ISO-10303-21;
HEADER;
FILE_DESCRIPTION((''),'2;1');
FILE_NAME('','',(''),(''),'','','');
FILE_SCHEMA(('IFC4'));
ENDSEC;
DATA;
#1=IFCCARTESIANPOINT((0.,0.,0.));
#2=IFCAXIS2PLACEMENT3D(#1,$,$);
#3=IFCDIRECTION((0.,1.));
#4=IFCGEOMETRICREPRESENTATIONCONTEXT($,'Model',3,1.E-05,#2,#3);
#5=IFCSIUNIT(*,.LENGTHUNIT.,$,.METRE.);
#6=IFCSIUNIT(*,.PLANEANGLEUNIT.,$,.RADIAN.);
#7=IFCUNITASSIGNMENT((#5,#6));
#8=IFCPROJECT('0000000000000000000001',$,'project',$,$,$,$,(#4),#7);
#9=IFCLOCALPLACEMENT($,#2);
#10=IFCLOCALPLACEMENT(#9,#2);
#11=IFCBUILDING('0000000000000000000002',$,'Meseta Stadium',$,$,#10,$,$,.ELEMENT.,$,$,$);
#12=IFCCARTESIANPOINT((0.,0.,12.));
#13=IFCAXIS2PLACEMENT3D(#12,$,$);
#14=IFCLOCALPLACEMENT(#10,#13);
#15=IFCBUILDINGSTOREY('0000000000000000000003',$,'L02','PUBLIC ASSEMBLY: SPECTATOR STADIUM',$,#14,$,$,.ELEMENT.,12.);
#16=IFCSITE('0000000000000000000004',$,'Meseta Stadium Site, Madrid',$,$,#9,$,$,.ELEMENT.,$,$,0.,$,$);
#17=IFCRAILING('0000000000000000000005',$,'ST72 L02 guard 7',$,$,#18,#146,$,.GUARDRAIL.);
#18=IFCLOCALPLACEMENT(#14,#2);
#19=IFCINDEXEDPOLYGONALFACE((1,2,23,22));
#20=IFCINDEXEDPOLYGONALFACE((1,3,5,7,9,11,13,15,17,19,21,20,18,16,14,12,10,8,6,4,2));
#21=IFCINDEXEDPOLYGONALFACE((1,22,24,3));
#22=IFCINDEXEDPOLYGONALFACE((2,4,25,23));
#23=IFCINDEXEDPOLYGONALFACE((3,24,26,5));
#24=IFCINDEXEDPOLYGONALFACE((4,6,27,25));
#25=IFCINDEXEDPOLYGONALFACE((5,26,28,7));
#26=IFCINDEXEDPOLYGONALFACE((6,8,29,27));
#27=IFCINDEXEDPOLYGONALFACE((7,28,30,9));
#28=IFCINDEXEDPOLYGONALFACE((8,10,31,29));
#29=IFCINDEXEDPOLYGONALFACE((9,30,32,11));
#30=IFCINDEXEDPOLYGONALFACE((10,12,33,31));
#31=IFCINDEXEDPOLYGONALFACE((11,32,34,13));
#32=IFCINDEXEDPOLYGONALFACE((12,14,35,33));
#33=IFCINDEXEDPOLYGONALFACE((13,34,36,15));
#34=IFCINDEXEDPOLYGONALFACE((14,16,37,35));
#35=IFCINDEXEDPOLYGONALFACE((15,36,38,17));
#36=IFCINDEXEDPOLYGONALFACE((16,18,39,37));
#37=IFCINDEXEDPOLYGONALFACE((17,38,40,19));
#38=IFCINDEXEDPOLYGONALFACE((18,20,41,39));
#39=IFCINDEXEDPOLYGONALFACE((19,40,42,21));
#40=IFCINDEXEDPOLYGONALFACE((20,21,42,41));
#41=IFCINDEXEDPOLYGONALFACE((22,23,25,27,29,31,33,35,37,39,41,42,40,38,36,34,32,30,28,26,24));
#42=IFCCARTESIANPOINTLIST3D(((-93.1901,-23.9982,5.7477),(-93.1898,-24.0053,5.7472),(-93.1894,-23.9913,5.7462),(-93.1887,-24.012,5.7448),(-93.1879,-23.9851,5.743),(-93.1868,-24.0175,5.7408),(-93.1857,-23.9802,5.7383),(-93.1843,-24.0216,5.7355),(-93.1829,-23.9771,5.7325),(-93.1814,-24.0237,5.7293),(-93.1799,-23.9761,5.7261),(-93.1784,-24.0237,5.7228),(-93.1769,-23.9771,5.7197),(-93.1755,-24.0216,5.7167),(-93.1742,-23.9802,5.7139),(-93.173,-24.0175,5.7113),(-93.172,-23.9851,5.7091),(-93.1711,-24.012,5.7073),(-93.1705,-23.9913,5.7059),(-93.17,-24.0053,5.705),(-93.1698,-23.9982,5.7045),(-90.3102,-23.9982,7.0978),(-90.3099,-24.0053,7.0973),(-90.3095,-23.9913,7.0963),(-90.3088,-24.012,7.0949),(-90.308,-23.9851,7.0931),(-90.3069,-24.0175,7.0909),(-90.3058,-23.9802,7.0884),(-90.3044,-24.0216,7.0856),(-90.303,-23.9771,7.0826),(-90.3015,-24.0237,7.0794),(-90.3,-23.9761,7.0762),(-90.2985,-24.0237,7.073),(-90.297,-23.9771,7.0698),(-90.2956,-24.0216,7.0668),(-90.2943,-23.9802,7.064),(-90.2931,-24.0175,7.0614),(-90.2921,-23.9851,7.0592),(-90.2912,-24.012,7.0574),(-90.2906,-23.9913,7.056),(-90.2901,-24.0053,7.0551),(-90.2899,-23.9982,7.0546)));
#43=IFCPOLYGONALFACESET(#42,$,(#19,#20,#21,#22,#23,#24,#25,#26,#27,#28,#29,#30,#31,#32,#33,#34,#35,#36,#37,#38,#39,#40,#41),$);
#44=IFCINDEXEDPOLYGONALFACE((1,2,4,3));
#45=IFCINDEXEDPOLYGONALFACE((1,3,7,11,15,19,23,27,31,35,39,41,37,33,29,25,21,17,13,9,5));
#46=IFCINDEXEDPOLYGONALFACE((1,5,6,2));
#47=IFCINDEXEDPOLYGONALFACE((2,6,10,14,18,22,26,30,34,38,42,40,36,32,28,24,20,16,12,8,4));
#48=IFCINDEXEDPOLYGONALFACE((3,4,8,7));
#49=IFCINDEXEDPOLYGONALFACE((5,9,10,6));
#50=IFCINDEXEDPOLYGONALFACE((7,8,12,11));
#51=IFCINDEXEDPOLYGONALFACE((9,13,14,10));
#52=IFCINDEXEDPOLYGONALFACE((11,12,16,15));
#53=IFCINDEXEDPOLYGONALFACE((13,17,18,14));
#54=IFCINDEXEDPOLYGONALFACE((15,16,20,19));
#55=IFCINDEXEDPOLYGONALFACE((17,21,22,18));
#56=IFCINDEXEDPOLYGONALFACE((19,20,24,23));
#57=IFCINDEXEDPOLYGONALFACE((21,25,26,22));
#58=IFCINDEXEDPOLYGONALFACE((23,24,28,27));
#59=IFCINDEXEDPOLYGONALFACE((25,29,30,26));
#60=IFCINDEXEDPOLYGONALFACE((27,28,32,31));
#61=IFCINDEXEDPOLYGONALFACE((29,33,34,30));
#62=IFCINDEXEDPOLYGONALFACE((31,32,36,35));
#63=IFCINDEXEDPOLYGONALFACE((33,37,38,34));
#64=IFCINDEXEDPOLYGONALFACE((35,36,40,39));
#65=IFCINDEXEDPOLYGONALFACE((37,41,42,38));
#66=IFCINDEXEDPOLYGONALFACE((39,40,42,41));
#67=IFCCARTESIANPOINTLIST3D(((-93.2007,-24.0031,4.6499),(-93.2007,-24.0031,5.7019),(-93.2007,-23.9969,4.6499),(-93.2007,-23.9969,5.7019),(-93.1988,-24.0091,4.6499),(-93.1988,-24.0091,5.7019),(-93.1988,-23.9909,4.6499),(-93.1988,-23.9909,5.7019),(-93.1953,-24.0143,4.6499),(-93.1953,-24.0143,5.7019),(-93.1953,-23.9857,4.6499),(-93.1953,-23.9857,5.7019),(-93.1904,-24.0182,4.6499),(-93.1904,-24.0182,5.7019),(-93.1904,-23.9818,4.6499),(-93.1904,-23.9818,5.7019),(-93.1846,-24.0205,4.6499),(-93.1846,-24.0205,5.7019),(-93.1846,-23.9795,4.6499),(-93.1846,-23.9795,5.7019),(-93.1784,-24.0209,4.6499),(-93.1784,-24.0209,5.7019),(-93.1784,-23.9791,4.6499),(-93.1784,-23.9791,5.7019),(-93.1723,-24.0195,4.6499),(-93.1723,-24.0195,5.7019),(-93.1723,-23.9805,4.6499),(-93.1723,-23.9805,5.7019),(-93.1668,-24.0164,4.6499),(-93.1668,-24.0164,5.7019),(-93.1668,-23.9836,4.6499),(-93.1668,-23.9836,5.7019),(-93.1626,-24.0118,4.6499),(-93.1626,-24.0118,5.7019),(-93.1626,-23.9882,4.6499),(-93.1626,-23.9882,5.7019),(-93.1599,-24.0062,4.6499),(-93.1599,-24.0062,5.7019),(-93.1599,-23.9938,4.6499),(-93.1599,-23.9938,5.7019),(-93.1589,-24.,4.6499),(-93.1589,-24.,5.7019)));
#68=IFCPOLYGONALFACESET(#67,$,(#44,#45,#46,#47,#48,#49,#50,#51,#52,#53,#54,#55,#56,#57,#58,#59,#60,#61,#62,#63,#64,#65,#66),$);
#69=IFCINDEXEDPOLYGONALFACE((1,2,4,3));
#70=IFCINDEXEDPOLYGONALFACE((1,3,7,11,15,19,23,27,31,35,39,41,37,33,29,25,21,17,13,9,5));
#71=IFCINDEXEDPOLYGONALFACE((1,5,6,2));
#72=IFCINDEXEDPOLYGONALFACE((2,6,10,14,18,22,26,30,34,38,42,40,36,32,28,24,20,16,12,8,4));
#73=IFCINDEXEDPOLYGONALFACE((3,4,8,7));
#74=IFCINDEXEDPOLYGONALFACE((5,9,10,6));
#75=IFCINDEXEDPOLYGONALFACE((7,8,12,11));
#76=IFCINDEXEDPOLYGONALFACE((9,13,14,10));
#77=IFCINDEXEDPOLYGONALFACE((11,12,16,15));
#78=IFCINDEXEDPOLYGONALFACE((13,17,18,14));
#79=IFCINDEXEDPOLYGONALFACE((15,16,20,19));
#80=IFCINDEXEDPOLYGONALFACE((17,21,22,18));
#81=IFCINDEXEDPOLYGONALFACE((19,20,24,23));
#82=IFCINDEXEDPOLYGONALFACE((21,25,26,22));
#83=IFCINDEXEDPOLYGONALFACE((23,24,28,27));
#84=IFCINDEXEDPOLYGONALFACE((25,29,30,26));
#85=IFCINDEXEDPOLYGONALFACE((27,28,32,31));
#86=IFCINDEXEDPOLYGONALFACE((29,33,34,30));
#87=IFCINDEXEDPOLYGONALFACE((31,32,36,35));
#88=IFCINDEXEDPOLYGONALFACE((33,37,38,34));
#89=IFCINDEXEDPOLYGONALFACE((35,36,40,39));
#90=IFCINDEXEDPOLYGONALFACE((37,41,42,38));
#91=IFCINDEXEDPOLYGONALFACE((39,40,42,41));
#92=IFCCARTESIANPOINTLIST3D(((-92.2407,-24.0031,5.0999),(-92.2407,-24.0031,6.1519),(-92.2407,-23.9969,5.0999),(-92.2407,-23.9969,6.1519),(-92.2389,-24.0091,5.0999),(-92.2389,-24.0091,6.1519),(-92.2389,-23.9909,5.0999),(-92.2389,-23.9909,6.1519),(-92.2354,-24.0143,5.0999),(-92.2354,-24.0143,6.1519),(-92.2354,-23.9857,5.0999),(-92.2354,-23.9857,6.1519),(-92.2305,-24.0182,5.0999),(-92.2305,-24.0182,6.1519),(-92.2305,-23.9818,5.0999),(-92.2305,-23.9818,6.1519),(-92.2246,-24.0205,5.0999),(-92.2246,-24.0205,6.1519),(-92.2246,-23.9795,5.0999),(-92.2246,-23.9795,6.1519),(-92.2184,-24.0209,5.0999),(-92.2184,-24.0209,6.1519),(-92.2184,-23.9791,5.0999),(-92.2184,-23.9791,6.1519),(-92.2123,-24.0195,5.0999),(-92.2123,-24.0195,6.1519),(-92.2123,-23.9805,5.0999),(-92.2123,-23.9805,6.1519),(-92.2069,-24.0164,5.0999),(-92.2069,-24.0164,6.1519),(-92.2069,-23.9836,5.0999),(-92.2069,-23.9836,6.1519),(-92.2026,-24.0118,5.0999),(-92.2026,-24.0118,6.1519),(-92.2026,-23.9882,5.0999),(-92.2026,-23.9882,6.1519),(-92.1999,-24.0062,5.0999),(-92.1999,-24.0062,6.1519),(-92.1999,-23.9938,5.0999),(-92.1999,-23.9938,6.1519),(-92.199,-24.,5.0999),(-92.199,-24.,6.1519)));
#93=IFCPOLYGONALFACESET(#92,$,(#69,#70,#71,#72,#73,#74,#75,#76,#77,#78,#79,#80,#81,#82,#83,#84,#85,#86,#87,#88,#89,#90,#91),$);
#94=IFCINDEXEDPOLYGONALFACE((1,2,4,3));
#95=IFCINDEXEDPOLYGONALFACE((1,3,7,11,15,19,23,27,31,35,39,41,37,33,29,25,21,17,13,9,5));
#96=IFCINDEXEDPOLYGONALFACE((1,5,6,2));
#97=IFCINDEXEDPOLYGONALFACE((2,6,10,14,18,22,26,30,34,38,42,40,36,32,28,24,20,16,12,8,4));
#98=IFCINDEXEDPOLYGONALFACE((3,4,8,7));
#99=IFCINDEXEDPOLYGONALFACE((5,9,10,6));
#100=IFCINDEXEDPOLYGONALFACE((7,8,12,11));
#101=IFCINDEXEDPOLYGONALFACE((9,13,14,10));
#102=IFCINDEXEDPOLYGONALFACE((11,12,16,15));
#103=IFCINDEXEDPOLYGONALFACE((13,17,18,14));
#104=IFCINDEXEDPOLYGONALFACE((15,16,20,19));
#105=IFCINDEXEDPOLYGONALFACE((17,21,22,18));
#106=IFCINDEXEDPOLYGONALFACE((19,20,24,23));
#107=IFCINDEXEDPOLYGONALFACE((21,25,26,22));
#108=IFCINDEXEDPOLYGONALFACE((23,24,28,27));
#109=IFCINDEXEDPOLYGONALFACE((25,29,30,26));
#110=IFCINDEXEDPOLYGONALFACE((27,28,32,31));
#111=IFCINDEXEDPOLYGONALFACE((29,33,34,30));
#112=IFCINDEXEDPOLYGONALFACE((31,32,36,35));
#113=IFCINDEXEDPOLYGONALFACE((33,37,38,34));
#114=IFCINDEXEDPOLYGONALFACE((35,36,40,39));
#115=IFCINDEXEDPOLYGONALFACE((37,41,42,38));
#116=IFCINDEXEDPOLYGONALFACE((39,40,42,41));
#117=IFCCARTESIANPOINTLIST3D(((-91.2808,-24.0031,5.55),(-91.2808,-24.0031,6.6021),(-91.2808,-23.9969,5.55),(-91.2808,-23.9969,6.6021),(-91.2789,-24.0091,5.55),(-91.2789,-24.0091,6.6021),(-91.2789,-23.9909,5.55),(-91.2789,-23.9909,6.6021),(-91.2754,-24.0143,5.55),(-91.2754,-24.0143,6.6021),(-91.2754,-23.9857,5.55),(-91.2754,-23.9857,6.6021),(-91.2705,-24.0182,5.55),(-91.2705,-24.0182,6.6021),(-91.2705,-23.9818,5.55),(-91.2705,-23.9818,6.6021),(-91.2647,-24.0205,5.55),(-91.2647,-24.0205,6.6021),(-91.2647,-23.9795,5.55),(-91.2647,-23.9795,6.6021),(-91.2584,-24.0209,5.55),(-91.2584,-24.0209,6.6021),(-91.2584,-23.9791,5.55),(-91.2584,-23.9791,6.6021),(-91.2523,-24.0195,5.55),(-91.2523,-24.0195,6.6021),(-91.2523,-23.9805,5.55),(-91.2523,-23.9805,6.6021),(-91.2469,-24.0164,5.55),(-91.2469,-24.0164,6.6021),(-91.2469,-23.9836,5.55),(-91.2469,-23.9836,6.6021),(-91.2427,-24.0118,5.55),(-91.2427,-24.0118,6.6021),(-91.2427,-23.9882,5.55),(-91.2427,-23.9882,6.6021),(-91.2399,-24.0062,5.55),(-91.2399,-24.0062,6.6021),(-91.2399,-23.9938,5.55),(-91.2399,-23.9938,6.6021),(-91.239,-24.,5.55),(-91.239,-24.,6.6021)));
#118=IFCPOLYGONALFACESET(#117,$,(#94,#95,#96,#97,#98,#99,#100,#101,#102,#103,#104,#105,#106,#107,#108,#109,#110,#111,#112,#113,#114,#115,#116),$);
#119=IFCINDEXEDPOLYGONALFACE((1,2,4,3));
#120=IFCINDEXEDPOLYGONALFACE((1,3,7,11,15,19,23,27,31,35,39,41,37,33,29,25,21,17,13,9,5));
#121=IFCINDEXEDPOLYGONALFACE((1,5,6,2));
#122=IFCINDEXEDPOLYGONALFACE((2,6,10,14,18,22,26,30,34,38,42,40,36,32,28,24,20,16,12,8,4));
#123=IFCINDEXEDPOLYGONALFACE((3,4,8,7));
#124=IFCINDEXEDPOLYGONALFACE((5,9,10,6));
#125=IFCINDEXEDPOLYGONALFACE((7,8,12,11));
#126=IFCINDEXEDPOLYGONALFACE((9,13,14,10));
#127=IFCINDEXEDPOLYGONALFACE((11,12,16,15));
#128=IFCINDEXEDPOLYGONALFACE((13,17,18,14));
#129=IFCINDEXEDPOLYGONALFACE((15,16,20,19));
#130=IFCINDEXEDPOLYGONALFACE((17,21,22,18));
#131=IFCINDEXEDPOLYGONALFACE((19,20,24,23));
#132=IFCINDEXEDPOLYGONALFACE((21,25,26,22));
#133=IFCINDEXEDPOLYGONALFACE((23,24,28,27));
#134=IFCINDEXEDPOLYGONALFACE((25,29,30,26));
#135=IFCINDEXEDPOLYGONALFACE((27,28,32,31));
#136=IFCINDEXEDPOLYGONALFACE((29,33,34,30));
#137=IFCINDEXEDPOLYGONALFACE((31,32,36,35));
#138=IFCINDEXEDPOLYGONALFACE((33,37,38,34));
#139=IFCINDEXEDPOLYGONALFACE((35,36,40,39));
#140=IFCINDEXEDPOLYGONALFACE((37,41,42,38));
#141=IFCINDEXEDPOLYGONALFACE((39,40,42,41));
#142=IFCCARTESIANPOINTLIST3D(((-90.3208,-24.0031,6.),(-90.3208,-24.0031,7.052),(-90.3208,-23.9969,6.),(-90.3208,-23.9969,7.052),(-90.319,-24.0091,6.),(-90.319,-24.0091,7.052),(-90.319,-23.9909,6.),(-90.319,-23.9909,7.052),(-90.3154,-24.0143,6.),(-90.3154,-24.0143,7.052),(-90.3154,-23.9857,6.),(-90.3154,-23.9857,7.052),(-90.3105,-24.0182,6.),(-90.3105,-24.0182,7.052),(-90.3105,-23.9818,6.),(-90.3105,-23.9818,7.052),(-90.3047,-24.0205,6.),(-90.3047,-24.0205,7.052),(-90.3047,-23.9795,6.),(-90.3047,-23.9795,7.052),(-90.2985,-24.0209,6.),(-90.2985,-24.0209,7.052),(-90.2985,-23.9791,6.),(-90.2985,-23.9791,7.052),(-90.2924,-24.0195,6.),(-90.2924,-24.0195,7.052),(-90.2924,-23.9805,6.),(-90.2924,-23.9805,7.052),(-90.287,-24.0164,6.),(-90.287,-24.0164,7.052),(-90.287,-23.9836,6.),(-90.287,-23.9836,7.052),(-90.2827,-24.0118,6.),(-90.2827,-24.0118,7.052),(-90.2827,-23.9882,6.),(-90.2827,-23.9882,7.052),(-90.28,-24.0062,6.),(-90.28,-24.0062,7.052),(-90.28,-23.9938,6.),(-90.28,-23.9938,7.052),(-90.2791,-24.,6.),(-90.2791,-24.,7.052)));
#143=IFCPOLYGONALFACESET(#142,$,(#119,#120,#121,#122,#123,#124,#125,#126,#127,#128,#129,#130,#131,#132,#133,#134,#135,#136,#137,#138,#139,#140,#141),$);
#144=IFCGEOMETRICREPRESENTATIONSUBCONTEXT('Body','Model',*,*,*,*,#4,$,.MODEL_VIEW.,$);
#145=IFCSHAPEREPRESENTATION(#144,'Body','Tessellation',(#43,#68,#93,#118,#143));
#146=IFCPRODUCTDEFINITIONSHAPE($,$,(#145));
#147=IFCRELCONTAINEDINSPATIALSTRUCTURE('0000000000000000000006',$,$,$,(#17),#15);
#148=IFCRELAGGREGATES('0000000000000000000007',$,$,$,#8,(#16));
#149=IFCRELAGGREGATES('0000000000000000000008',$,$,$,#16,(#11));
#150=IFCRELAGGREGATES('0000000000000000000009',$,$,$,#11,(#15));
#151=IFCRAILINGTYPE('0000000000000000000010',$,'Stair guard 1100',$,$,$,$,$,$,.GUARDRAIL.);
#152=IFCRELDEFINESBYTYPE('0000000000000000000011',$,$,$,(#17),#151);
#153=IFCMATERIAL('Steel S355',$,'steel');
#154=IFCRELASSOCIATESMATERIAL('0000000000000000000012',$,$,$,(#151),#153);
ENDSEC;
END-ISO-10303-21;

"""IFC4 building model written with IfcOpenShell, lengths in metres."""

from ifc_helpers import new_model, si_unit, direction, frame, origin, origin_2d, place, context, subcontext, project, spatial, circle, extrude, material, type_object, element, save


model = new_model("IFC4")

# Units and contexts
model_context = context("Model", 3, precision=1e-05, world=origin(), true_north=direction((0.0, 1.0)))
body_context = subcontext(model_context, "Body", "Model", "MODEL_VIEW")
ifc_project = project(units=[si_unit("LENGTHUNIT", "METRE"), si_unit("PLANEANGLEUNIT", "RADIAN")], contexts=[model_context])

# Site, building, storey
site_placement = place(None, origin())
site = spatial("IfcSite", under=ifc_project, at=site_placement, Name="Meseta Stadium Site, Madrid", CompositionType="ELEMENT", RefElevation=0.0)
building_placement = place(site_placement, origin())
building = spatial("IfcBuilding", under=site, at=building_placement, Name="Meseta Stadium", CompositionType="ELEMENT")
storey_placement = place(building_placement, frame((0.0, 0.0, 12.0)))
storey = spatial("IfcBuildingStorey", under=building, at=storey_placement, Name="L02", Description="PUBLIC ASSEMBLY: SPECTATOR STADIUM", CompositionType="ELEMENT", Elevation=12.0)

# Railing
ifc_material_1 = material(Name="Steel S355", Category="steel")
railing_type_1 = type_object("IfcRailingType", Name="Stair guard 1100", PredefinedType="GUARDRAIL", material=ifc_material_1)
railing_1_placement = place(storey_placement, frame((-93.1799, -24.0, 4.6499)))
element("IfcRailing", 1, at=railing_1_placement, inside=storey, type_object=railing_type_1, Name="ST72 L02 guard 7", PredefinedType="GUARDRAIL", context=body_context, shape_type="SweptSolid", body=[
    extrude(circle(Radius=0.0239, at=origin_2d()), frame((0.0, 0.0, 1.0762), z_axis=(0.90544, 0.0, 0.424473), x_axis=(0.0, 1.0, 0.0)), (0.0, 0.0, 1.0), 3.1807),
    extrude(circle(Radius=0.021, at=origin_2d()), origin(), (0.0, 0.0, 1.0), 1.052),
    extrude(circle(Radius=0.021, at=origin_2d()), frame((0.96, 0.0, 0.45)), (0.0, 0.0, 1.0), 1.052),
    extrude(circle(Radius=0.021, at=origin_2d()), frame((1.9199, 0.0, 0.9001)), (0.0, 0.0, 1.0), 1.052),
    extrude(circle(Radius=0.021, at=origin_2d()), frame((2.8799, 0.0, 1.3501)), (0.0, 0.0, 1.0), 1.052),
])

save(model, "model.ifc")
